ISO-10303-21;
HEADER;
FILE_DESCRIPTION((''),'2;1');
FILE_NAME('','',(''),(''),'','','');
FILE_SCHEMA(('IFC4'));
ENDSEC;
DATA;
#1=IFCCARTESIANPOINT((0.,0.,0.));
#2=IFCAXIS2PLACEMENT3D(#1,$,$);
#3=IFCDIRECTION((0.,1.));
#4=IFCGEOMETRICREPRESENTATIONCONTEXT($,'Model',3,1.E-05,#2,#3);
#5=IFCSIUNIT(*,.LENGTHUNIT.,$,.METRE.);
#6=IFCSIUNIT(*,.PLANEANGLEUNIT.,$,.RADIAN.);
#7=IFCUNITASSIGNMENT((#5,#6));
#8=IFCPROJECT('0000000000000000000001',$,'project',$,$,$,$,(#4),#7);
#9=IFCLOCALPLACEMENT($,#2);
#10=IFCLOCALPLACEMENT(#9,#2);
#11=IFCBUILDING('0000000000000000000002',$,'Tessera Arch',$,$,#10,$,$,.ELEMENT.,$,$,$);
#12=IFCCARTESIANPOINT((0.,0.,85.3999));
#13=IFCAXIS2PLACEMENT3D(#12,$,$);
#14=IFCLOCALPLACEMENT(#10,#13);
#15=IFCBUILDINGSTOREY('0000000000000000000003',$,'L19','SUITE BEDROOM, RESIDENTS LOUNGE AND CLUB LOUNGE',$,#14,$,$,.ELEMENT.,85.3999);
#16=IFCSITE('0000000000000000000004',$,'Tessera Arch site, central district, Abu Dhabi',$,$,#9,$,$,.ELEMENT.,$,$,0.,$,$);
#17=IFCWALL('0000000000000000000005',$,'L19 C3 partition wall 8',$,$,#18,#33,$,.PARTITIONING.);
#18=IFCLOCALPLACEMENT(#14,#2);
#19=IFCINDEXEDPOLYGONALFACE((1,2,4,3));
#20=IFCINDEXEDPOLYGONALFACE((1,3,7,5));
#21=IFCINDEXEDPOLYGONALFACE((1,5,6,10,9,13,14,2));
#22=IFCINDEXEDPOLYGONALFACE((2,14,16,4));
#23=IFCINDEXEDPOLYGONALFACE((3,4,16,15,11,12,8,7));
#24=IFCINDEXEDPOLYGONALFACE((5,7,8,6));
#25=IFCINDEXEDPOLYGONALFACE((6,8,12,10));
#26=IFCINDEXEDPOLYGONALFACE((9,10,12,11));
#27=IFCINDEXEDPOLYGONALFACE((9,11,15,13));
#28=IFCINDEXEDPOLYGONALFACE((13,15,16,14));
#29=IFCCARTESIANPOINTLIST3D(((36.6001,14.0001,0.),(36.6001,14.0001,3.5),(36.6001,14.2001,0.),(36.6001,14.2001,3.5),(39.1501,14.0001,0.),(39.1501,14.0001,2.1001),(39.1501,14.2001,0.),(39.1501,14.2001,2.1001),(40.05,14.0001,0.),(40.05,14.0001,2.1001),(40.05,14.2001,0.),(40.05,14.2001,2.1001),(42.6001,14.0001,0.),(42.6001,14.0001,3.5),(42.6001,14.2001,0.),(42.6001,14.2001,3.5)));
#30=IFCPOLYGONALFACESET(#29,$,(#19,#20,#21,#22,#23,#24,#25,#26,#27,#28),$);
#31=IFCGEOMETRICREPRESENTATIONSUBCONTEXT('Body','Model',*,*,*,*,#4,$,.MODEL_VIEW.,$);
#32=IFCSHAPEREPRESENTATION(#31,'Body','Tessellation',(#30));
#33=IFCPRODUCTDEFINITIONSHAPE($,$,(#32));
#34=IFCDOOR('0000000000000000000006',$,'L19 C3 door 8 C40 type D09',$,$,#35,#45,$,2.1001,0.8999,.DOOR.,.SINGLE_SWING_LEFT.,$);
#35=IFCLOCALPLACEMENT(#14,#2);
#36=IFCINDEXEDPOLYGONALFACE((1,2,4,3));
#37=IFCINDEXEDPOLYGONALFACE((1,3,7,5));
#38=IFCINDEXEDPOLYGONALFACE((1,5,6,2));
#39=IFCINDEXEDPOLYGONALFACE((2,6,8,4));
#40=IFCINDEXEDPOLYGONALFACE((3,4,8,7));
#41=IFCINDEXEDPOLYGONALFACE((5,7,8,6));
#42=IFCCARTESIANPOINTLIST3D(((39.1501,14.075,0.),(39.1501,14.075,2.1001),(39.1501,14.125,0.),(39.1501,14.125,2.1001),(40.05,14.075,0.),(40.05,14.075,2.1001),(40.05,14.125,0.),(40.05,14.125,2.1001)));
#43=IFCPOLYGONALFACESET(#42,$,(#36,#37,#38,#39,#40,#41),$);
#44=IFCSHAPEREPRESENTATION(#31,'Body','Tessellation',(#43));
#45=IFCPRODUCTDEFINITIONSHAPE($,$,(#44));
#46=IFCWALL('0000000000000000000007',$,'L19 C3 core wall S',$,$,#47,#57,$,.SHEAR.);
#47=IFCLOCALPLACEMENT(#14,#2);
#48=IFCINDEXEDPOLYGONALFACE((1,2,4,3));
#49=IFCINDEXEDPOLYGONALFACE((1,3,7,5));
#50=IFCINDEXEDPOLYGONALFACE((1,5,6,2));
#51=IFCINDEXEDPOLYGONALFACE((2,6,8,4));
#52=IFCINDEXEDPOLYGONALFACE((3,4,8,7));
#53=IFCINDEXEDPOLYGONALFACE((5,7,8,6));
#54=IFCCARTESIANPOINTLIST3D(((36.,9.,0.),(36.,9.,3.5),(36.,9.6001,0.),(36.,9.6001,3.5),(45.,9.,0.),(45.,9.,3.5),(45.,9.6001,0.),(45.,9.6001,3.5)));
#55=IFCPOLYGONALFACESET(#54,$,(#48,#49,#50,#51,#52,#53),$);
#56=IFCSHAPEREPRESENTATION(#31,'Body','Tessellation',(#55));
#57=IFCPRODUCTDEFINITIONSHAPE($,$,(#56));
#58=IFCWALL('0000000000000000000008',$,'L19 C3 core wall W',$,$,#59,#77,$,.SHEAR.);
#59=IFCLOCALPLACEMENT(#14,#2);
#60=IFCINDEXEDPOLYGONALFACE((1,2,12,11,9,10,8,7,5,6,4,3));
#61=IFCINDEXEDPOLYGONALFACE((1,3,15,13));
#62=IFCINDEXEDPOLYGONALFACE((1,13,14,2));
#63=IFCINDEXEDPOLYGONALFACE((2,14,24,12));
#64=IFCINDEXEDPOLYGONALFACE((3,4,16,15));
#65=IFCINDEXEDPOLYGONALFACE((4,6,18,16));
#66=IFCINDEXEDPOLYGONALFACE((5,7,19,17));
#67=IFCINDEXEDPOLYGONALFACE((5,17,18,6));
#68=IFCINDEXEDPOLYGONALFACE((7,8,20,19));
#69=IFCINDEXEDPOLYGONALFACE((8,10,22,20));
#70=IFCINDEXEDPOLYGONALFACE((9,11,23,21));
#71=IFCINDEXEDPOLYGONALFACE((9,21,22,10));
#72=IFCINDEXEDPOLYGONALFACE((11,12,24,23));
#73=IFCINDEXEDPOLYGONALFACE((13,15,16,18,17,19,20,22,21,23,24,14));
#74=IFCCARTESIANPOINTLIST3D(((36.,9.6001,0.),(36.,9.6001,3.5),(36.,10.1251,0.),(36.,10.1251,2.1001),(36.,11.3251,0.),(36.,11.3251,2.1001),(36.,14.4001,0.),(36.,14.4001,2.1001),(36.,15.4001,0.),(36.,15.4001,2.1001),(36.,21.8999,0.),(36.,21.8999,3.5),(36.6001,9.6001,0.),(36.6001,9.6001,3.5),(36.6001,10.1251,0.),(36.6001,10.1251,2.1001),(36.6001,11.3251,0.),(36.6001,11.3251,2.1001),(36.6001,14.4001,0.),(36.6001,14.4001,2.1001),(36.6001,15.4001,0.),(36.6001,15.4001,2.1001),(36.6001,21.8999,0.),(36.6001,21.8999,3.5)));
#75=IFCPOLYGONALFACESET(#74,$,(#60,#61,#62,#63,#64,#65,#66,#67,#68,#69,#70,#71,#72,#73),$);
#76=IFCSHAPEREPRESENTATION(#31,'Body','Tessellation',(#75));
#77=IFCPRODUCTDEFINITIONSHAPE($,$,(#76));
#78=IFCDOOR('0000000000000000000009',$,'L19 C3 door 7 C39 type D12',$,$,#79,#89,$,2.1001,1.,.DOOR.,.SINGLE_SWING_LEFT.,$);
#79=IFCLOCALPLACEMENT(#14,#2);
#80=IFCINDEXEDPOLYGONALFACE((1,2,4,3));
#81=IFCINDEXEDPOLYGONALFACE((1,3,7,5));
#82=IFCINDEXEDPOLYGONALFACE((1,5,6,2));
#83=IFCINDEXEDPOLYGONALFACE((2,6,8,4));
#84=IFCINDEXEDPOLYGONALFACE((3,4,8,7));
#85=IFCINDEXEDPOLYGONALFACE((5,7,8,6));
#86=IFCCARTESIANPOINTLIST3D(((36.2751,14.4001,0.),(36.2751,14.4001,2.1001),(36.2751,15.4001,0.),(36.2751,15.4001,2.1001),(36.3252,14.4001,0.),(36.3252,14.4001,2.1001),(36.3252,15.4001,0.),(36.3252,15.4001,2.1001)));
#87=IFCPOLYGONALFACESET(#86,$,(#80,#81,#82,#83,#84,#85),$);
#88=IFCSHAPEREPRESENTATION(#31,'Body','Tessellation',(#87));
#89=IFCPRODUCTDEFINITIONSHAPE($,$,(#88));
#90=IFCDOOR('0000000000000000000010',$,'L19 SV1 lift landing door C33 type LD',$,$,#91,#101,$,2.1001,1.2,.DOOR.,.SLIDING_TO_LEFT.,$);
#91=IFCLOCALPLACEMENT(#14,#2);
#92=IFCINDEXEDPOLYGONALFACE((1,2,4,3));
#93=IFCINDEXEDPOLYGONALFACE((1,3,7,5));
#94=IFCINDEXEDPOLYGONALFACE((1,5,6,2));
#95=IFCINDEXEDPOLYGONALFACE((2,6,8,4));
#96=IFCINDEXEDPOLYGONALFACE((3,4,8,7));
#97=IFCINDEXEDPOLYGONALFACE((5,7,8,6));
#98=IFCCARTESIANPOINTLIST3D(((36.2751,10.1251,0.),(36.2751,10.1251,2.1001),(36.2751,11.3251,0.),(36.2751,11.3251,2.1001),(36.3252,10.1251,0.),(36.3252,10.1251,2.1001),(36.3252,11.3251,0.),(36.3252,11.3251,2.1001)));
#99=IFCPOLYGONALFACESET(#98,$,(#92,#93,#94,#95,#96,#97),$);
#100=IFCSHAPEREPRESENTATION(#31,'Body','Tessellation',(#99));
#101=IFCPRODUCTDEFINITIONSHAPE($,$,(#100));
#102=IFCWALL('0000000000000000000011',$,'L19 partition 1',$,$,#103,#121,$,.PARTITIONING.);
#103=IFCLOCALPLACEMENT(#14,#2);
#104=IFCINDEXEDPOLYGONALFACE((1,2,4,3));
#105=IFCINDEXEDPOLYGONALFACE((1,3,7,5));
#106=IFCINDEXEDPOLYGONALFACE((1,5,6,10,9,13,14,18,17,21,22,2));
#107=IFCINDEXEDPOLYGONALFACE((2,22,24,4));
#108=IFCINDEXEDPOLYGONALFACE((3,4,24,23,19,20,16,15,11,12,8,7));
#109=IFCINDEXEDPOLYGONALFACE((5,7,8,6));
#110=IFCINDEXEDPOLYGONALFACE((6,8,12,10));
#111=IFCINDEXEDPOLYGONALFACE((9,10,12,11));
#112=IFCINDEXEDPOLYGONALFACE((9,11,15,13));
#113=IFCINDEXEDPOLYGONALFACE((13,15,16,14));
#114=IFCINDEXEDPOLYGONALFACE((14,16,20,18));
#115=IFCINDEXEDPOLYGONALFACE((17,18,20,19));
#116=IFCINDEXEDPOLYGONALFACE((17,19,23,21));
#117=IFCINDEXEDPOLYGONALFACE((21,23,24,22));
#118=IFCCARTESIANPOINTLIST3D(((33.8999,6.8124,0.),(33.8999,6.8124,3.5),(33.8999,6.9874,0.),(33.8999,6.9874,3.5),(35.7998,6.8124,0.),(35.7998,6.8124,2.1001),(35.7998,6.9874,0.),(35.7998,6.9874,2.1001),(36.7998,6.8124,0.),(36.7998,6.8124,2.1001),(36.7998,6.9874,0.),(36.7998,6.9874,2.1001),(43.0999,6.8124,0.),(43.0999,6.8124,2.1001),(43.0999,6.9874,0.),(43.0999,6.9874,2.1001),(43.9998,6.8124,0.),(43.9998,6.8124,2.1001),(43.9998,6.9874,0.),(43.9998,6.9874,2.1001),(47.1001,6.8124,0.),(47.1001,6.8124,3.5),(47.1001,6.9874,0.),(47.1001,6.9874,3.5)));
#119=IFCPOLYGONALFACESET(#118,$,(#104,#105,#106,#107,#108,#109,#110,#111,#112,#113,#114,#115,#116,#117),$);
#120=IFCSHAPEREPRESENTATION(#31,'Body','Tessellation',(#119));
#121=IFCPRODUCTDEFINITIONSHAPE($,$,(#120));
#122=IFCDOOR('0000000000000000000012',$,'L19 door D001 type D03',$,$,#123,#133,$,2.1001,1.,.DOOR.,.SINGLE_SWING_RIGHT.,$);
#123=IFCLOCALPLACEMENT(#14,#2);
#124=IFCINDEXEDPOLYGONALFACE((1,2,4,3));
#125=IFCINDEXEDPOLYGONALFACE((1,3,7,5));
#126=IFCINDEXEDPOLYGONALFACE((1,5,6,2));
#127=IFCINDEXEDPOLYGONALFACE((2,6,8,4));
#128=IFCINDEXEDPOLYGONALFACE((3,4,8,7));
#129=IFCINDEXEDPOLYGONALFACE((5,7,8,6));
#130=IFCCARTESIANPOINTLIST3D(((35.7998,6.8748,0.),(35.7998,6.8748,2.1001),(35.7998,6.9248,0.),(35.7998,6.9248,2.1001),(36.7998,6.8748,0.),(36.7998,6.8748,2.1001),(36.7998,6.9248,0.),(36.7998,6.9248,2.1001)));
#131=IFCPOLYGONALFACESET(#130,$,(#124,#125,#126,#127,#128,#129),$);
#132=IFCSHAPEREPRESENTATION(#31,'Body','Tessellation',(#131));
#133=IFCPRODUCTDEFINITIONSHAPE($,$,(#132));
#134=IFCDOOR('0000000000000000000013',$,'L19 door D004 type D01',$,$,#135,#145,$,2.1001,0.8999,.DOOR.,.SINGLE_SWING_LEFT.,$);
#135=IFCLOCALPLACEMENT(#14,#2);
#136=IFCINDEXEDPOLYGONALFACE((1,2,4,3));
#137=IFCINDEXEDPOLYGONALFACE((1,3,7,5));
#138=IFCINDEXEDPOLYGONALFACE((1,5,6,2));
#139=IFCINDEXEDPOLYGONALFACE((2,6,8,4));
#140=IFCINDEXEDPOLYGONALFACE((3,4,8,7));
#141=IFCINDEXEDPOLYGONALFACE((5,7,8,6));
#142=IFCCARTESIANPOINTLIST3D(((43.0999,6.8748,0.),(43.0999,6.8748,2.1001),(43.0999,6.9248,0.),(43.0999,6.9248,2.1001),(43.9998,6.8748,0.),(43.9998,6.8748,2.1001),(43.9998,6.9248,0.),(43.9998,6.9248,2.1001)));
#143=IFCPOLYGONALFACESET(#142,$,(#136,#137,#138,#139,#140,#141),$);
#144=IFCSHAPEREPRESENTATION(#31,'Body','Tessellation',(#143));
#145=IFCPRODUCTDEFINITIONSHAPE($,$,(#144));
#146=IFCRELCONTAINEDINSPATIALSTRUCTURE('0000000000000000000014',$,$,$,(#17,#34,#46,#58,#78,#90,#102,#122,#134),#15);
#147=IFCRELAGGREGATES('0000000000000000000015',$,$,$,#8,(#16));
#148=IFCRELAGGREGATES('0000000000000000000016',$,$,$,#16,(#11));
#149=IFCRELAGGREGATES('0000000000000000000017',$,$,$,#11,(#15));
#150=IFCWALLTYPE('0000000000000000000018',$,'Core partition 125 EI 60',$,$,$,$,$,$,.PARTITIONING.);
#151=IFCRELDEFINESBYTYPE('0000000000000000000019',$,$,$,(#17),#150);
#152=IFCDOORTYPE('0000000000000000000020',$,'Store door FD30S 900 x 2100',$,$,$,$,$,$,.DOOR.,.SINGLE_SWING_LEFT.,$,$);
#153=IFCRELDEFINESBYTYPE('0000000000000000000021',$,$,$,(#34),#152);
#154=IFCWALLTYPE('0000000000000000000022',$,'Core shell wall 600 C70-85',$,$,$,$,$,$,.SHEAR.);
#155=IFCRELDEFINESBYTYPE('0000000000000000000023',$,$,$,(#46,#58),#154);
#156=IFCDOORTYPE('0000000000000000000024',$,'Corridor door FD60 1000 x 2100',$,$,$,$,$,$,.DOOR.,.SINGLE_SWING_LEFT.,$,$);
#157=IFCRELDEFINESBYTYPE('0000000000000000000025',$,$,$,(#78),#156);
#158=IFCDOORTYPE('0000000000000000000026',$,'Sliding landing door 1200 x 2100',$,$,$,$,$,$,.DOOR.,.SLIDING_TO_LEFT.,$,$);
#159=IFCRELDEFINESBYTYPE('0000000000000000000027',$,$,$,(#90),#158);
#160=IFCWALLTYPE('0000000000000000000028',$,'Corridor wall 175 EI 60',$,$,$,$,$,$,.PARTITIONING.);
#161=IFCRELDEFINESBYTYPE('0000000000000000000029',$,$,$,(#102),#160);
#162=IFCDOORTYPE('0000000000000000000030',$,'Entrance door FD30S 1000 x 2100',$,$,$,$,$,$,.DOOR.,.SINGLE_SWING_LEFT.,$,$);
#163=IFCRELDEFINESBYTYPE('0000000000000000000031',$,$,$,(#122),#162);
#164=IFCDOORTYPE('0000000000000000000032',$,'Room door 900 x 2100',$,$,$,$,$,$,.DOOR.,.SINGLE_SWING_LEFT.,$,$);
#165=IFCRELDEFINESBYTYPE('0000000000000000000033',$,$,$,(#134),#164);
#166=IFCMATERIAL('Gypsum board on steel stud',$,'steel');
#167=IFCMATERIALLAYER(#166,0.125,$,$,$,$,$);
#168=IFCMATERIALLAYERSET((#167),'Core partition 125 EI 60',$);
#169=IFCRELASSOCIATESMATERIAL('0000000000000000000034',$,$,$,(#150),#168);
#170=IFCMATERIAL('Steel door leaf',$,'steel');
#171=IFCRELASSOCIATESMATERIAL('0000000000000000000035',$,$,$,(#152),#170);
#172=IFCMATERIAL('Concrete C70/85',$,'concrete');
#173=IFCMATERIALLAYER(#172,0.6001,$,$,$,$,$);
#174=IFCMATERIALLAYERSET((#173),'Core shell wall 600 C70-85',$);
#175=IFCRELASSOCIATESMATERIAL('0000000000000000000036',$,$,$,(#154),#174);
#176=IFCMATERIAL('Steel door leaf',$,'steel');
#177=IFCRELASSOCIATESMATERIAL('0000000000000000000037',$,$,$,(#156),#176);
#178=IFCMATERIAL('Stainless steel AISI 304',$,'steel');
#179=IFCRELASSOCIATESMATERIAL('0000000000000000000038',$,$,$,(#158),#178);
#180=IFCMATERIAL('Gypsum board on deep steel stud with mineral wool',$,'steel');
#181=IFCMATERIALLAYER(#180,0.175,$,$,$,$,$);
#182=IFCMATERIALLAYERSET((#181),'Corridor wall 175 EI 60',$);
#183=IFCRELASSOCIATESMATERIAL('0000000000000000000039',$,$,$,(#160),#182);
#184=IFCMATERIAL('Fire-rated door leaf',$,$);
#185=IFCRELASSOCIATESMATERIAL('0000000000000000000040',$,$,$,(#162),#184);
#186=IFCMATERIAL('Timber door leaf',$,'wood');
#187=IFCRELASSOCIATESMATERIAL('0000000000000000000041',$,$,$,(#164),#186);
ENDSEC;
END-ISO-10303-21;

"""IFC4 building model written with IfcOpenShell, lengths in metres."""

from ifc_helpers import new_model, si_unit, direction, frame, frame_2d, origin, place, context, subcontext, project, spatial, rectangle, extrude, material, layer, layer_set, type_object, element, fill, save


model = new_model("IFC4")

# Units and contexts
model_context = context("Model", 3, precision=1e-05, world=origin(), true_north=direction((0.0, 1.0)))
body_context = subcontext(model_context, "Body", "Model", "MODEL_VIEW")
ifc_project = project(units=[si_unit("LENGTHUNIT", "METRE"), si_unit("PLANEANGLEUNIT", "RADIAN")], contexts=[model_context])

# Site, building, storey
site_placement = place(None, origin())
site = spatial("IfcSite", under=ifc_project, at=site_placement, Name="Tessera Arch site, central district, Abu Dhabi", CompositionType="ELEMENT", RefElevation=0.0)
building_placement = place(site_placement, origin())
building = spatial("IfcBuilding", under=site, at=building_placement, Name="Tessera Arch", CompositionType="ELEMENT")
storey_placement = place(building_placement, frame((0.0, 0.0, 85.3999)))
storey = spatial("IfcBuildingStorey", under=building, at=storey_placement, Name="L19", Description="SUITE BEDROOM, RESIDENTS LOUNGE AND CLUB LOUNGE", CompositionType="ELEMENT", Elevation=85.3999)

# Wall, opening, door
ifc_material_1 = material(Name="Gypsum board on steel stud", Category="steel")
ifc_layer_1 = layer(ifc_material_1, 0.125)
ifc_layer_set_1 = layer_set([ifc_layer_1], Name="Core partition 125 EI 60")
wall_type_1 = type_object("IfcWallType", Name="Core partition 125 EI 60", PredefinedType="PARTITIONING", material=ifc_layer_set_1)
wall_1_placement = place(storey_placement, frame((36.6001, 14.1001, 0.0), z_axis=(0.0, 0.0, 1.0), x_axis=(1.0, 0.0, 0.0)))
wall_1 = element("IfcWall", 1, at=wall_1_placement, inside=storey, type_object=wall_type_1, Name="L19 C3 partition wall 8", PredefinedType="PARTITIONING", context=body_context, shape_type="SweptSolid", body=[
    extrude(rectangle(XDim=6.0, YDim=0.2, at=frame_2d((3.0, 0.0))), origin(), (0.0, 0.0, 1.0), 3.5),
])
opening_1_placement = place(wall_1_placement, frame((2.55, 0.0, 0.0)))
opening_1 = element("IfcOpeningElement", 2, at=opening_1_placement, cuts=wall_1, PredefinedType="OPENING", context=body_context, shape_type="SweptSolid", body=[
    extrude(rectangle(XDim=0.8999, YDim=2.1001, at=frame_2d((0.45, 1.05))), frame((0.0, 0.1099, 0.0), z_axis=(0.0, -1.0, 0.0), x_axis=(1.0, 0.0, 0.0)), (0.0, 0.0, 1.0), 0.22),
])
ifc_material_2 = material(Name="Steel door leaf", Category="steel")
door_type_1 = type_object("IfcDoorType", Name="Store door FD30S 900 x 2100", OperationType="SINGLE_SWING_LEFT", PredefinedType="DOOR", material=ifc_material_2)
door_1_placement = place(opening_1_placement, origin())
door_1 = element("IfcDoor", 3, at=door_1_placement, inside=storey, type_object=door_type_1, Name="L19 C3 door 8 C40 type D09", OperationType="SINGLE_SWING_LEFT", OverallHeight=2.1001, OverallWidth=0.8999, PredefinedType="DOOR", context=body_context, shape_type="SweptSolid", body=[
    extrude(rectangle(XDim=0.8999, YDim=2.1001, at=frame_2d((0.45, 1.05))), frame((0.0, 0.0249, 0.0), z_axis=(0.0, -1.0, 0.0), x_axis=(1.0, 0.0, 0.0)), (0.0, 0.0, 1.0), 0.05),
])
fill(opening_1, door_1)

# Wall
ifc_material_3 = material(Name="Concrete C70/85", Category="concrete")
ifc_layer_2 = layer(ifc_material_3, 0.6001)
ifc_layer_set_2 = layer_set([ifc_layer_2], Name="Core shell wall 600 C70-85")
wall_type_2 = type_object("IfcWallType", Name="Core shell wall 600 C70-85", PredefinedType="SHEAR", material=ifc_layer_set_2)
wall_2_placement = place(storey_placement, frame((36.0, 9.3, 0.0), z_axis=(0.0, 0.0, 1.0), x_axis=(1.0, 0.0, 0.0)))
element("IfcWall", 4, at=wall_2_placement, inside=storey, type_object=wall_type_2, Name="L19 C3 core wall S", PredefinedType="SHEAR", context=body_context, shape_type="SweptSolid", body=[
    extrude(rectangle(XDim=9.0, YDim=0.6001, at=frame_2d((4.5, 0.0))), origin(), (0.0, 0.0, 1.0), 3.5),
])

# Walls, openings, doors
wall_3_placement = place(storey_placement, frame((36.3, 9.6001, 0.0), z_axis=(0.0, 0.0, 1.0), x_axis=(0.0, 1.0, 0.0)))
wall_3 = element("IfcWall", 5, at=wall_3_placement, inside=storey, type_object=wall_type_2, Name="L19 C3 core wall W", PredefinedType="SHEAR", context=body_context, shape_type="SweptSolid", body=[
    extrude(rectangle(XDim=12.2998, YDim=0.6001, at=frame_2d((6.1499, 0.0))), origin(), (0.0, 0.0, 1.0), 3.5),
])
opening_2_placement = place(wall_3_placement, frame((0.5249, 0.0, 0.0)))
opening_2 = element("IfcOpeningElement", 6, at=opening_2_placement, cuts=wall_3, PredefinedType="OPENING", context=body_context, shape_type="SweptSolid", body=[
    extrude(rectangle(XDim=1.2, YDim=2.1001, at=frame_2d((0.6001, 1.05))), frame((0.0, 0.3101, 0.0), z_axis=(0.0, -1.0, 0.0), x_axis=(1.0, 0.0, 0.0)), (0.0, 0.0, 1.0), 0.6201),
])
opening_3_placement = place(wall_3_placement, frame((4.8, 0.0, 0.0)))
opening_3 = element("IfcOpeningElement", 7, at=opening_3_placement, cuts=wall_3, PredefinedType="OPENING", context=body_context, shape_type="SweptSolid", body=[
    extrude(rectangle(XDim=1.0, YDim=2.1001, at=frame_2d((0.5, 1.05))), frame((0.0, 0.3101, 0.0), z_axis=(0.0, -1.0, 0.0), x_axis=(1.0, 0.0, 0.0)), (0.0, 0.0, 1.0), 0.6201),
])
ifc_material_4 = material(Name="Steel door leaf", Category="steel")
door_type_2 = type_object("IfcDoorType", Name="Corridor door FD60 1000 x 2100", OperationType="SINGLE_SWING_LEFT", PredefinedType="DOOR", material=ifc_material_4)
door_2_placement = place(opening_3_placement, origin())
door_2 = element("IfcDoor", 8, at=door_2_placement, inside=storey, type_object=door_type_2, Name="L19 C3 door 7 C39 type D12", OperationType="SINGLE_SWING_LEFT", OverallHeight=2.1001, OverallWidth=1.0, PredefinedType="DOOR", context=body_context, shape_type="SweptSolid", body=[
    extrude(rectangle(XDim=1.0, YDim=2.1001, at=frame_2d((0.5, 1.05))), frame((0.0, 0.0249, 0.0), z_axis=(0.0, -1.0, 0.0), x_axis=(1.0, 0.0, 0.0)), (0.0, 0.0, 1.0), 0.05),
])
fill(opening_3, door_2)
ifc_material_5 = material(Name="Stainless steel AISI 304", Category="steel")
door_type_3 = type_object("IfcDoorType", Name="Sliding landing door 1200 x 2100", OperationType="SLIDING_TO_LEFT", PredefinedType="DOOR", material=ifc_material_5)
door_3_placement = place(opening_2_placement, origin())
door_3 = element("IfcDoor", 9, at=door_3_placement, inside=storey, type_object=door_type_3, Name="L19 SV1 lift landing door C33 type LD", OperationType="SLIDING_TO_LEFT", OverallHeight=2.1001, OverallWidth=1.2, PredefinedType="DOOR", context=body_context, shape_type="SweptSolid", body=[
    extrude(rectangle(XDim=1.2, YDim=2.1001, at=frame_2d((0.6001, 1.05))), frame((0.0, 0.0249, 0.0), z_axis=(0.0, -1.0, 0.0), x_axis=(1.0, 0.0, 0.0)), (0.0, 0.0, 1.0), 0.05),
])
fill(opening_2, door_3)
ifc_material_6 = material(Name="Gypsum board on deep steel stud with mineral wool", Category="steel")
ifc_layer_3 = layer(ifc_material_6, 0.175)
ifc_layer_set_3 = layer_set([ifc_layer_3], Name="Corridor wall 175 EI 60")
wall_type_3 = type_object("IfcWallType", Name="Corridor wall 175 EI 60", PredefinedType="PARTITIONING", material=ifc_layer_set_3)
wall_4_placement = place(storey_placement, frame((33.8999, 6.8999, 0.0), z_axis=(0.0, 0.0, 1.0), x_axis=(1.0, 0.0, 0.0)))
wall_4 = element("IfcWall", 10, at=wall_4_placement, inside=storey, type_object=wall_type_3, Name="L19 partition 1", PredefinedType="PARTITIONING", context=body_context, shape_type="SweptSolid", body=[
    extrude(rectangle(XDim=13.2002, YDim=0.175, at=frame_2d((6.6001, 0.0))), origin(), (0.0, 0.0, 1.0), 3.5),
])
opening_4_placement = place(wall_4_placement, frame((1.8999, 0.0, 0.0)))
opening_4 = element("IfcOpeningElement", 11, at=opening_4_placement, cuts=wall_4, PredefinedType="OPENING", context=body_context, shape_type="SweptSolid", body=[
    extrude(rectangle(XDim=1.0, YDim=2.1001, at=frame_2d((0.5, 1.05))), frame((0.0, 0.0974, 0.0), z_axis=(0.0, -1.0, 0.0), x_axis=(1.0, 0.0, 0.0)), (0.0, 0.0, 1.0), 0.1951),
])
opening_5_placement = place(wall_4_placement, frame((9.2, 0.0, 0.0)))
opening_5 = element("IfcOpeningElement", 12, at=opening_5_placement, cuts=wall_4, PredefinedType="OPENING", context=body_context, shape_type="SweptSolid", body=[
    extrude(rectangle(XDim=0.8999, YDim=2.1001, at=frame_2d((0.45, 1.05))), frame((0.0, 0.0974, 0.0), z_axis=(0.0, -1.0, 0.0), x_axis=(1.0, 0.0, 0.0)), (0.0, 0.0, 1.0), 0.1951),
])
ifc_material_7 = material(Name="Fire-rated door leaf")
door_type_4 = type_object("IfcDoorType", Name="Entrance door FD30S 1000 x 2100", OperationType="SINGLE_SWING_LEFT", PredefinedType="DOOR", material=ifc_material_7)
door_4_placement = place(opening_4_placement, origin())
door_4 = element("IfcDoor", 13, at=door_4_placement, inside=storey, type_object=door_type_4, Name="L19 door D001 type D03", OperationType="SINGLE_SWING_RIGHT", OverallHeight=2.1001, OverallWidth=1.0, PredefinedType="DOOR", context=body_context, shape_type="SweptSolid", body=[
    extrude(rectangle(XDim=1.0, YDim=2.1001, at=frame_2d((0.5, 1.05))), frame((0.0, 0.0249, 0.0), z_axis=(0.0, -1.0, 0.0), x_axis=(1.0, 0.0, 0.0)), (0.0, 0.0, 1.0), 0.05),
])
fill(opening_4, door_4)
ifc_material_8 = material(Name="Timber door leaf", Category="wood")
door_type_5 = type_object("IfcDoorType", Name="Room door 900 x 2100", OperationType="SINGLE_SWING_LEFT", PredefinedType="DOOR", material=ifc_material_8)
door_5_placement = place(opening_5_placement, origin())
door_5 = element("IfcDoor", 14, at=door_5_placement, inside=storey, type_object=door_type_5, Name="L19 door D004 type D01", OperationType="SINGLE_SWING_LEFT", OverallHeight=2.1001, OverallWidth=0.8999, PredefinedType="DOOR", context=body_context, shape_type="SweptSolid", body=[
    extrude(rectangle(XDim=0.8999, YDim=2.1001, at=frame_2d((0.45, 1.05))), frame((0.0, 0.0249, 0.0), z_axis=(0.0, -1.0, 0.0), x_axis=(1.0, 0.0, 0.0)), (0.0, 0.0, 1.0), 0.05),
])
fill(opening_5, door_5)

save(model, "model.ifc")
